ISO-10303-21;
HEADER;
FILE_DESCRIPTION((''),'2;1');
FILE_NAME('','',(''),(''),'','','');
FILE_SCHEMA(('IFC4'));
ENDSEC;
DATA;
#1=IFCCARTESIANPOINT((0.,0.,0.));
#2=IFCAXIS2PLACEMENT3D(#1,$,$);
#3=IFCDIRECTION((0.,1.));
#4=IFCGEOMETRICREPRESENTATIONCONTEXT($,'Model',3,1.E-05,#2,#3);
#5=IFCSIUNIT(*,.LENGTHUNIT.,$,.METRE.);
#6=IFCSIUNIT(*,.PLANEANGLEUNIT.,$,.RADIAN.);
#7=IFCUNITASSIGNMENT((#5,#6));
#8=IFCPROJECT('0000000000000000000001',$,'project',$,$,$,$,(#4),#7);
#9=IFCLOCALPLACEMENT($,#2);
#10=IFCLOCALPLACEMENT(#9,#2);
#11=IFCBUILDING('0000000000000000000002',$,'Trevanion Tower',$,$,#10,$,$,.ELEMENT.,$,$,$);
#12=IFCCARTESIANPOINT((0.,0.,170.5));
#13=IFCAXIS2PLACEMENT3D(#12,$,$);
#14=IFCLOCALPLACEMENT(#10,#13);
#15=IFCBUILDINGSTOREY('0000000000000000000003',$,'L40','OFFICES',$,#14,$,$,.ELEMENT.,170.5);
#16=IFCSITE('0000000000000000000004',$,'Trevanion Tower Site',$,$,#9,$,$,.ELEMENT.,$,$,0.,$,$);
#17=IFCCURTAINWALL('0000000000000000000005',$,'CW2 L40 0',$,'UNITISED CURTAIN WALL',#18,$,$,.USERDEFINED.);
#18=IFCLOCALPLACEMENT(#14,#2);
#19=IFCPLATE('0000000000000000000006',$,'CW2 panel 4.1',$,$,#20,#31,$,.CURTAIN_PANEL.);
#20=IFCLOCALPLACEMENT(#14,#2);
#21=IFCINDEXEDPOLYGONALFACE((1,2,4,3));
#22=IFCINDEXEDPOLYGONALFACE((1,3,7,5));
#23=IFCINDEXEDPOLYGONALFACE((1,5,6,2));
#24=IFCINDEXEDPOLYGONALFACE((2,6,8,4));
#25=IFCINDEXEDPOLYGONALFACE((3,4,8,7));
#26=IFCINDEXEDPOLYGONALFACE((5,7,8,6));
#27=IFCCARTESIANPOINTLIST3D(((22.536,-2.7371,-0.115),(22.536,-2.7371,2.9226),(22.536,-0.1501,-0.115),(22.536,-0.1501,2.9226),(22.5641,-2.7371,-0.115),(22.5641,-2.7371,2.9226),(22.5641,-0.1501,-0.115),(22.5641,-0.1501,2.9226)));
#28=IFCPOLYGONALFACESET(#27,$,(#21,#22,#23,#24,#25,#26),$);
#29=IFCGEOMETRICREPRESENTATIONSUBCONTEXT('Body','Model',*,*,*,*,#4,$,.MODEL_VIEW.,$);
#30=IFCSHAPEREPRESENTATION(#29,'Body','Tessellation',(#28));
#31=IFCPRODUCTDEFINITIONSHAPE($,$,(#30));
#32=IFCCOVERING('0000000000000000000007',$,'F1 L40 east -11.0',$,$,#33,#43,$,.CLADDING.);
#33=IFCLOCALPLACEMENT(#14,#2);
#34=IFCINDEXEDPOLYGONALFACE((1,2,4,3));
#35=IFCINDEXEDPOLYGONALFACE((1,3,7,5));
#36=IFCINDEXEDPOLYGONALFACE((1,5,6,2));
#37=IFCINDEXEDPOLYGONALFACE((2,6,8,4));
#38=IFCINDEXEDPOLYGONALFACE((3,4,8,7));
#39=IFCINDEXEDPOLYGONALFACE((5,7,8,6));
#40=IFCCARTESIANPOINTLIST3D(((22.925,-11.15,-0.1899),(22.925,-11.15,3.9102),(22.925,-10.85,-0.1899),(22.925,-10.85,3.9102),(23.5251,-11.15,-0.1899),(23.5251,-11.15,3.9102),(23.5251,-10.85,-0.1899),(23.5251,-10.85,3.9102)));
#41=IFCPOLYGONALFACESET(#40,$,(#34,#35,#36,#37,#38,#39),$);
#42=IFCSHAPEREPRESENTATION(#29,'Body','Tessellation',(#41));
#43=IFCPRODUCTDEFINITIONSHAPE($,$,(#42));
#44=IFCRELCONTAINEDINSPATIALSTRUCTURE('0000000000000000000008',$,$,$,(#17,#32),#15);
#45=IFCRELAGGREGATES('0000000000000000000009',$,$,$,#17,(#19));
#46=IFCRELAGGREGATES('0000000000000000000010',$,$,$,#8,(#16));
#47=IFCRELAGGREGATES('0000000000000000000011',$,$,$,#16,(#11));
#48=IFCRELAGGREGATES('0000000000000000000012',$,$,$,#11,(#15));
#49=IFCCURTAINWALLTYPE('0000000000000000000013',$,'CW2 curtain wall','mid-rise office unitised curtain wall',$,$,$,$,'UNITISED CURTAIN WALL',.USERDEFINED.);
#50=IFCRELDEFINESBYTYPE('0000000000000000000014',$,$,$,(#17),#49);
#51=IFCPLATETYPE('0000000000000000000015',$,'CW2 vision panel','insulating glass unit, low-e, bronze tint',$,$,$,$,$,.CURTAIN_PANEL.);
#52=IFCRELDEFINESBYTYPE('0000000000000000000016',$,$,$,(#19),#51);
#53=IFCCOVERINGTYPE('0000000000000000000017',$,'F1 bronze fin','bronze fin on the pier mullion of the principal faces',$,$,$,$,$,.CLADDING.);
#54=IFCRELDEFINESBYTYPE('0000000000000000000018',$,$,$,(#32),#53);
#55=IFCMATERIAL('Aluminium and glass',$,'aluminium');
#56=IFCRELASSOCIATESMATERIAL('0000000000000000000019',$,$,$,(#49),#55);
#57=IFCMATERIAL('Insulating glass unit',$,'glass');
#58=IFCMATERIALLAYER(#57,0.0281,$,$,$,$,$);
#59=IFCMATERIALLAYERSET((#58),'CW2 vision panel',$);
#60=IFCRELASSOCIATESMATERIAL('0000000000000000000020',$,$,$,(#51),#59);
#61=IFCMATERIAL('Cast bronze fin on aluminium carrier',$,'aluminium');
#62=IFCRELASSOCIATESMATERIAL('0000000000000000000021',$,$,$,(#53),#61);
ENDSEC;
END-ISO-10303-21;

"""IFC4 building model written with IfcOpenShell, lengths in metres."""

from ifc_helpers import new_model, si_unit, direction, frame, origin, origin_2d, place, context, subcontext, project, spatial, rectangle, extrude, material, layer, layer_set, type_object, element, aggregate, save


model = new_model("IFC4")

# Units and contexts
model_context = context("Model", 3, precision=1e-05, world=origin(), true_north=direction((0.0, 1.0)))
body_context = subcontext(model_context, "Body", "Model", "MODEL_VIEW")
ifc_project = project(units=[si_unit("LENGTHUNIT", "METRE"), si_unit("PLANEANGLEUNIT", "RADIAN")], contexts=[model_context])

# Site, building, storey
site_placement = place(None, origin())
site = spatial("IfcSite", under=ifc_project, at=site_placement, Name="Trevanion Tower Site", CompositionType="ELEMENT", RefElevation=0.0)
building_placement = place(site_placement, origin())
building = spatial("IfcBuilding", under=site, at=building_placement, Name="Trevanion Tower", CompositionType="ELEMENT")
storey_placement = place(building_placement, frame((0.0, 0.0, 170.5)))
storey = spatial("IfcBuildingStorey", under=building, at=storey_placement, Name="L40", Description="OFFICES", CompositionType="ELEMENT", Elevation=170.5)

# Curtain wall, plate
ifc_material_1 = material(Name="Aluminium and glass", Category="aluminium")
curtain_wall_type = type_object("IfcCurtainWallType", Name="CW2 curtain wall", Description="mid-rise office unitised curtain wall", ElementType="UNITISED CURTAIN WALL", PredefinedType="USERDEFINED", material=ifc_material_1)
curtain_wall_placement = place(storey_placement, origin())
curtain_wall = element("IfcCurtainWall", 1, at=curtain_wall_placement, inside=storey, type_object=curtain_wall_type, Name="CW2 L40 0", ObjectType="UNITISED CURTAIN WALL", PredefinedType="USERDEFINED")
ifc_material_2 = material(Name="Insulating glass unit", Category="glass")
ifc_layer_1 = layer(ifc_material_2, 0.0281)
ifc_layer_set_1 = layer_set([ifc_layer_1], Name="CW2 vision panel")
plate_type_1 = type_object("IfcPlateType", Name="CW2 vision panel", Description="insulating glass unit, low-e, bronze tint", PredefinedType="CURTAIN_PANEL", material=ifc_layer_set_1)
plate_1_placement = place(storey_placement, frame((22.55, -1.4436, -0.115), z_axis=(0.0, 0.0, 1.0), x_axis=(0.0, 1.0, 0.0)))
plate_1 = element("IfcPlate", 2, at=plate_1_placement, type_object=plate_type_1, Name="CW2 panel 4.1", PredefinedType="CURTAIN_PANEL", context=body_context, shape_type="SweptSolid", body=[
    extrude(rectangle(XDim=2.5869, YDim=0.0281, at=origin_2d()), origin(), (0.0, 0.0, 1.0), 3.0376),
])
aggregate(curtain_wall, [plate_1])

# Covering
ifc_material_3 = material(Name="Cast bronze fin on aluminium carrier", Category="aluminium")
covering_type = type_object("IfcCoveringType", Name="F1 bronze fin", Description="bronze fin on the pier mullion of the principal faces", PredefinedType="CLADDING", material=ifc_material_3)
covering_placement = place(storey_placement, frame((23.2251, -11.0, -0.1899), z_axis=(0.0, 0.0, 1.0), x_axis=(0.0, 1.0, 0.0)))
element("IfcCovering", 3, at=covering_placement, inside=storey, type_object=covering_type, Name="F1 L40 east -11.0", PredefinedType="CLADDING", context=body_context, shape_type="SweptSolid", body=[
    extrude(rectangle(XDim=0.3, YDim=0.6001, at=origin_2d()), origin(), (0.0, 0.0, 1.0), 4.1001),
])

save(model, "model.ifc")
